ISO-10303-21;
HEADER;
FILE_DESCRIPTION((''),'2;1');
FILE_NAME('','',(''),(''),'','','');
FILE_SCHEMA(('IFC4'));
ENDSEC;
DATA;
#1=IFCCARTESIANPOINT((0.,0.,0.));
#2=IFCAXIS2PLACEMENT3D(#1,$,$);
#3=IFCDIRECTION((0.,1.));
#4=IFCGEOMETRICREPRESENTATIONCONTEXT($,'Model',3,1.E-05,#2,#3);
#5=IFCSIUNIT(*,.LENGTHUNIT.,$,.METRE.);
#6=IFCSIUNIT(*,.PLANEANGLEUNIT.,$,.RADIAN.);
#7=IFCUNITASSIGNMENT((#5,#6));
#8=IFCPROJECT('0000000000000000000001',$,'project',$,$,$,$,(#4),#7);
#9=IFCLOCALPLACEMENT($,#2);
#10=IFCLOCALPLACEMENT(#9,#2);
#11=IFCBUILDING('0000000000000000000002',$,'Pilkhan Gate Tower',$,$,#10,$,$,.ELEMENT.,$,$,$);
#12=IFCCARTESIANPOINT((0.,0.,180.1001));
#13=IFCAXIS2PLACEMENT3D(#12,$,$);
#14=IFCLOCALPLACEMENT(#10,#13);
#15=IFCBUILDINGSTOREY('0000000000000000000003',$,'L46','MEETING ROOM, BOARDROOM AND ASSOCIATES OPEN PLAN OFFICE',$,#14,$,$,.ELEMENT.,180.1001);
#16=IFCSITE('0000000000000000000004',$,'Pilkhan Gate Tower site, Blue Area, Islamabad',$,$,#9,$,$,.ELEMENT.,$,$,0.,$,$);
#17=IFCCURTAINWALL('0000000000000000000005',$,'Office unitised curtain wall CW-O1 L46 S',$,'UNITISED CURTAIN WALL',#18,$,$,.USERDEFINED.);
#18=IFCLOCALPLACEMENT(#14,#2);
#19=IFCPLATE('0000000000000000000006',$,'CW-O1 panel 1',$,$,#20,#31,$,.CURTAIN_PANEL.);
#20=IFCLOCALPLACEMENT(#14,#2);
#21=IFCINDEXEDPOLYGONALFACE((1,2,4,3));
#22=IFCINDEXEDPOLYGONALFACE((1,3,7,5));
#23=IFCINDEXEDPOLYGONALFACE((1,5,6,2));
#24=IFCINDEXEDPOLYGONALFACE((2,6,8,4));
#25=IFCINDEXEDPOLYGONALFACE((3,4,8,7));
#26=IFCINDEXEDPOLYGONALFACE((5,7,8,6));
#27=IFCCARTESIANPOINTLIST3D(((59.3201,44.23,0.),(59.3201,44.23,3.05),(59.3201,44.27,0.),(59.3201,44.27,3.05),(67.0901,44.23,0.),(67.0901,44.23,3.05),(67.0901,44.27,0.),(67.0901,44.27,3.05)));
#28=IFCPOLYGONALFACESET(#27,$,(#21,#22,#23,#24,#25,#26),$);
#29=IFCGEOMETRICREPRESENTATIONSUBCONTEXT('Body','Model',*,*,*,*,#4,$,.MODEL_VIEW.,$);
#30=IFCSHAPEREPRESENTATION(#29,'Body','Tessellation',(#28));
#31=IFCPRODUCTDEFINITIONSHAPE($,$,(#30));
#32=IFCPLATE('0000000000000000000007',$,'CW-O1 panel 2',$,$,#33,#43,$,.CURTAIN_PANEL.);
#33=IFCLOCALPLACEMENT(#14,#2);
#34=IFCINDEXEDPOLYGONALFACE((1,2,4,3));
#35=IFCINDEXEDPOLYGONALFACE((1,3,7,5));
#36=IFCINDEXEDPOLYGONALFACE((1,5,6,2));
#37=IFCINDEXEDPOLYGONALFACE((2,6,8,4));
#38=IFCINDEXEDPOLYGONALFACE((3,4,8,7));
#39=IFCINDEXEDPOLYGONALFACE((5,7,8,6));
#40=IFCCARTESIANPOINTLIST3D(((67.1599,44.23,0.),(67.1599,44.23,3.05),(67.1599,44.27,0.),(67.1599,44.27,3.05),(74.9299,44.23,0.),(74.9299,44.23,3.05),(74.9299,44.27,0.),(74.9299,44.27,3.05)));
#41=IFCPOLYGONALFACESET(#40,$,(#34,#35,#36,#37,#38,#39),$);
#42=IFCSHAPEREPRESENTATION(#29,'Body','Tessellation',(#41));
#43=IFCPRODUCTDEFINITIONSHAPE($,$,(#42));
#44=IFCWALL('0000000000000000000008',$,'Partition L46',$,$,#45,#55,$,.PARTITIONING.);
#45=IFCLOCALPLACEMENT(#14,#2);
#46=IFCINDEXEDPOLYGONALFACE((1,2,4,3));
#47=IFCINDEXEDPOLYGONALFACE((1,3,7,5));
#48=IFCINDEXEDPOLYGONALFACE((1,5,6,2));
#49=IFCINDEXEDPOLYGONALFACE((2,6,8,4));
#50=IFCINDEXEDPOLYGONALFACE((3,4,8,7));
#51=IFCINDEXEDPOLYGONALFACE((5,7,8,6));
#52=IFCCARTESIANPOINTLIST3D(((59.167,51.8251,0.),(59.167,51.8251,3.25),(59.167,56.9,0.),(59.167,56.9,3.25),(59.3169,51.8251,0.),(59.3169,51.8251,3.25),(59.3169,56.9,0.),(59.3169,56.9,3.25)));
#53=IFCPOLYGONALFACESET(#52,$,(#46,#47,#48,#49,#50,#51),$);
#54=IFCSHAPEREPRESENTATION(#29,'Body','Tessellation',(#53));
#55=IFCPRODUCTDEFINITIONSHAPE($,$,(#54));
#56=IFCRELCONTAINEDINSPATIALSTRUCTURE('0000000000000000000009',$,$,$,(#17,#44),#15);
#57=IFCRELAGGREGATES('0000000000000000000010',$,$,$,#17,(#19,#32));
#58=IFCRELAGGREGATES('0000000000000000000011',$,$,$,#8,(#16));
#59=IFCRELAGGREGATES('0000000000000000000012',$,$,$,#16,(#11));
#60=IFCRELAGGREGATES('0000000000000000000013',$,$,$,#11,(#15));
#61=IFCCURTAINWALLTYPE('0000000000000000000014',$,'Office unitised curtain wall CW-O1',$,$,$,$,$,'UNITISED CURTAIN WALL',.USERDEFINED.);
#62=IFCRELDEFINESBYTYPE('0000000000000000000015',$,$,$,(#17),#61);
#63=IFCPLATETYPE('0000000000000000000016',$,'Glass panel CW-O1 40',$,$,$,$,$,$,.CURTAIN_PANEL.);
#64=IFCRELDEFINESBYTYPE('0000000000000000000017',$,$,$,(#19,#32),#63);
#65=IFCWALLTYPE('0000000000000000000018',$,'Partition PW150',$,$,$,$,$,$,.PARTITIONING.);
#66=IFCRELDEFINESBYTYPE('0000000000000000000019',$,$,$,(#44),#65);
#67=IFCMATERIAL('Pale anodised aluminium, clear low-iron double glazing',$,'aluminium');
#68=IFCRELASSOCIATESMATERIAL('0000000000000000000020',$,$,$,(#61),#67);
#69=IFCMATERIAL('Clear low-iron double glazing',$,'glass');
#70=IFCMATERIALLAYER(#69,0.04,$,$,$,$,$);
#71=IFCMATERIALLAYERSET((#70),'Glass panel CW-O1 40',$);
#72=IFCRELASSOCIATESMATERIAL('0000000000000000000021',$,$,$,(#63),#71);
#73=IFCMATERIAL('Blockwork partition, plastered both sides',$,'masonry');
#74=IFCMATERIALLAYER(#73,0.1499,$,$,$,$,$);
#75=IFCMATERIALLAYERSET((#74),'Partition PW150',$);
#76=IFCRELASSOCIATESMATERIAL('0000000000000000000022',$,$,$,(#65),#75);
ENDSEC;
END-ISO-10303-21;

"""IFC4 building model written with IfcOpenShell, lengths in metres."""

from ifc_helpers import new_model, si_unit, direction, frame, frame_2d, origin, origin_2d, place, context, subcontext, project, spatial, rectangle, extrude, material, layer, layer_set, type_object, element, aggregate, save


model = new_model("IFC4")

# Units and contexts
model_context = context("Model", 3, precision=1e-05, world=origin(), true_north=direction((0.0, 1.0)))
body_context = subcontext(model_context, "Body", "Model", "MODEL_VIEW")
ifc_project = project(units=[si_unit("LENGTHUNIT", "METRE"), si_unit("PLANEANGLEUNIT", "RADIAN")], contexts=[model_context])

# Site, building, storey
site_placement = place(None, origin())
site = spatial("IfcSite", under=ifc_project, at=site_placement, Name="Pilkhan Gate Tower site, Blue Area, Islamabad", CompositionType="ELEMENT", RefElevation=0.0)
building_placement = place(site_placement, origin())
building = spatial("IfcBuilding", under=site, at=building_placement, Name="Pilkhan Gate Tower", CompositionType="ELEMENT")
storey_placement = place(building_placement, frame((0.0, 0.0, 180.1001)))
storey = spatial("IfcBuildingStorey", under=building, at=storey_placement, Name="L46", Description="MEETING ROOM, BOARDROOM AND ASSOCIATES OPEN PLAN OFFICE", CompositionType="ELEMENT", Elevation=180.1001)

# Shared definitions
ifc_material_1 = material(Name="Pale anodised aluminium, clear low-iron double glazing", Category="aluminium")
curtain_wall_type = type_object("IfcCurtainWallType", Name="Office unitised curtain wall CW-O1", ElementType="UNITISED CURTAIN WALL", PredefinedType="USERDEFINED", material=ifc_material_1)

# Curtain wall
curtain_wall_1_placement = place(storey_placement, origin())
curtain_wall_1 = element("IfcCurtainWall", 1, at=curtain_wall_1_placement, inside=storey, type_object=curtain_wall_type, Name="Office unitised curtain wall CW-O1 L46 S", ObjectType="UNITISED CURTAIN WALL", PredefinedType="USERDEFINED")

# Plates
ifc_material_2 = material(Name="Clear low-iron double glazing", Category="glass")
ifc_layer_1 = layer(ifc_material_2, 0.04)
ifc_layer_set_1 = layer_set([ifc_layer_1], Name="Glass panel CW-O1 40")
plate_type = type_object("IfcPlateType", Name="Glass panel CW-O1 40", PredefinedType="CURTAIN_PANEL", material=ifc_layer_set_1)
plate_1_placement = place(storey_placement, frame((63.2051, 44.25, 0.0), z_axis=(0.0, 0.0, 1.0), x_axis=(1.0, 0.0, 0.0)))
plate_1 = element("IfcPlate", 2, at=plate_1_placement, type_object=plate_type, Name="CW-O1 panel 1", PredefinedType="CURTAIN_PANEL", context=body_context, shape_type="SweptSolid", body=[
    extrude(rectangle(XDim=7.77, YDim=0.04, at=origin_2d()), origin(), (0.0, 0.0, 1.0), 3.05),
])
plate_2_placement = place(storey_placement, frame((71.0449, 44.25, 0.0), z_axis=(0.0, 0.0, 1.0), x_axis=(1.0, 0.0, 0.0)))
plate_2 = element("IfcPlate", 3, at=plate_2_placement, type_object=plate_type, Name="CW-O1 panel 2", PredefinedType="CURTAIN_PANEL", context=body_context, shape_type="SweptSolid", body=[
    extrude(rectangle(XDim=7.77, YDim=0.04, at=origin_2d()), origin(), (0.0, 0.0, 1.0), 3.05),
])
aggregate(curtain_wall_1, [plate_1, plate_2])

# Wall
ifc_material_3 = material(Name="Blockwork partition, plastered both sides", Category="masonry")
ifc_layer_2 = layer(ifc_material_3, 0.1499)
ifc_layer_set_2 = layer_set([ifc_layer_2], Name="Partition PW150")
wall_type = type_object("IfcWallType", Name="Partition PW150", PredefinedType="PARTITIONING", material=ifc_layer_set_2)
wall_placement = place(storey_placement, frame((59.2419, 51.825, 0.0), z_axis=(0.0, 0.0, 1.0), x_axis=(0.0, 1.0, 0.0)))
element("IfcWall", 4, at=wall_placement, inside=storey, type_object=wall_type, Name="Partition L46", PredefinedType="PARTITIONING", context=body_context, shape_type="SweptSolid", body=[
    extrude(rectangle(XDim=5.075, YDim=0.1499, at=frame_2d((2.5376, 0.0))), origin(), (0.0, 0.0, 1.0), 3.25),
])

save(model, "model.ifc")
